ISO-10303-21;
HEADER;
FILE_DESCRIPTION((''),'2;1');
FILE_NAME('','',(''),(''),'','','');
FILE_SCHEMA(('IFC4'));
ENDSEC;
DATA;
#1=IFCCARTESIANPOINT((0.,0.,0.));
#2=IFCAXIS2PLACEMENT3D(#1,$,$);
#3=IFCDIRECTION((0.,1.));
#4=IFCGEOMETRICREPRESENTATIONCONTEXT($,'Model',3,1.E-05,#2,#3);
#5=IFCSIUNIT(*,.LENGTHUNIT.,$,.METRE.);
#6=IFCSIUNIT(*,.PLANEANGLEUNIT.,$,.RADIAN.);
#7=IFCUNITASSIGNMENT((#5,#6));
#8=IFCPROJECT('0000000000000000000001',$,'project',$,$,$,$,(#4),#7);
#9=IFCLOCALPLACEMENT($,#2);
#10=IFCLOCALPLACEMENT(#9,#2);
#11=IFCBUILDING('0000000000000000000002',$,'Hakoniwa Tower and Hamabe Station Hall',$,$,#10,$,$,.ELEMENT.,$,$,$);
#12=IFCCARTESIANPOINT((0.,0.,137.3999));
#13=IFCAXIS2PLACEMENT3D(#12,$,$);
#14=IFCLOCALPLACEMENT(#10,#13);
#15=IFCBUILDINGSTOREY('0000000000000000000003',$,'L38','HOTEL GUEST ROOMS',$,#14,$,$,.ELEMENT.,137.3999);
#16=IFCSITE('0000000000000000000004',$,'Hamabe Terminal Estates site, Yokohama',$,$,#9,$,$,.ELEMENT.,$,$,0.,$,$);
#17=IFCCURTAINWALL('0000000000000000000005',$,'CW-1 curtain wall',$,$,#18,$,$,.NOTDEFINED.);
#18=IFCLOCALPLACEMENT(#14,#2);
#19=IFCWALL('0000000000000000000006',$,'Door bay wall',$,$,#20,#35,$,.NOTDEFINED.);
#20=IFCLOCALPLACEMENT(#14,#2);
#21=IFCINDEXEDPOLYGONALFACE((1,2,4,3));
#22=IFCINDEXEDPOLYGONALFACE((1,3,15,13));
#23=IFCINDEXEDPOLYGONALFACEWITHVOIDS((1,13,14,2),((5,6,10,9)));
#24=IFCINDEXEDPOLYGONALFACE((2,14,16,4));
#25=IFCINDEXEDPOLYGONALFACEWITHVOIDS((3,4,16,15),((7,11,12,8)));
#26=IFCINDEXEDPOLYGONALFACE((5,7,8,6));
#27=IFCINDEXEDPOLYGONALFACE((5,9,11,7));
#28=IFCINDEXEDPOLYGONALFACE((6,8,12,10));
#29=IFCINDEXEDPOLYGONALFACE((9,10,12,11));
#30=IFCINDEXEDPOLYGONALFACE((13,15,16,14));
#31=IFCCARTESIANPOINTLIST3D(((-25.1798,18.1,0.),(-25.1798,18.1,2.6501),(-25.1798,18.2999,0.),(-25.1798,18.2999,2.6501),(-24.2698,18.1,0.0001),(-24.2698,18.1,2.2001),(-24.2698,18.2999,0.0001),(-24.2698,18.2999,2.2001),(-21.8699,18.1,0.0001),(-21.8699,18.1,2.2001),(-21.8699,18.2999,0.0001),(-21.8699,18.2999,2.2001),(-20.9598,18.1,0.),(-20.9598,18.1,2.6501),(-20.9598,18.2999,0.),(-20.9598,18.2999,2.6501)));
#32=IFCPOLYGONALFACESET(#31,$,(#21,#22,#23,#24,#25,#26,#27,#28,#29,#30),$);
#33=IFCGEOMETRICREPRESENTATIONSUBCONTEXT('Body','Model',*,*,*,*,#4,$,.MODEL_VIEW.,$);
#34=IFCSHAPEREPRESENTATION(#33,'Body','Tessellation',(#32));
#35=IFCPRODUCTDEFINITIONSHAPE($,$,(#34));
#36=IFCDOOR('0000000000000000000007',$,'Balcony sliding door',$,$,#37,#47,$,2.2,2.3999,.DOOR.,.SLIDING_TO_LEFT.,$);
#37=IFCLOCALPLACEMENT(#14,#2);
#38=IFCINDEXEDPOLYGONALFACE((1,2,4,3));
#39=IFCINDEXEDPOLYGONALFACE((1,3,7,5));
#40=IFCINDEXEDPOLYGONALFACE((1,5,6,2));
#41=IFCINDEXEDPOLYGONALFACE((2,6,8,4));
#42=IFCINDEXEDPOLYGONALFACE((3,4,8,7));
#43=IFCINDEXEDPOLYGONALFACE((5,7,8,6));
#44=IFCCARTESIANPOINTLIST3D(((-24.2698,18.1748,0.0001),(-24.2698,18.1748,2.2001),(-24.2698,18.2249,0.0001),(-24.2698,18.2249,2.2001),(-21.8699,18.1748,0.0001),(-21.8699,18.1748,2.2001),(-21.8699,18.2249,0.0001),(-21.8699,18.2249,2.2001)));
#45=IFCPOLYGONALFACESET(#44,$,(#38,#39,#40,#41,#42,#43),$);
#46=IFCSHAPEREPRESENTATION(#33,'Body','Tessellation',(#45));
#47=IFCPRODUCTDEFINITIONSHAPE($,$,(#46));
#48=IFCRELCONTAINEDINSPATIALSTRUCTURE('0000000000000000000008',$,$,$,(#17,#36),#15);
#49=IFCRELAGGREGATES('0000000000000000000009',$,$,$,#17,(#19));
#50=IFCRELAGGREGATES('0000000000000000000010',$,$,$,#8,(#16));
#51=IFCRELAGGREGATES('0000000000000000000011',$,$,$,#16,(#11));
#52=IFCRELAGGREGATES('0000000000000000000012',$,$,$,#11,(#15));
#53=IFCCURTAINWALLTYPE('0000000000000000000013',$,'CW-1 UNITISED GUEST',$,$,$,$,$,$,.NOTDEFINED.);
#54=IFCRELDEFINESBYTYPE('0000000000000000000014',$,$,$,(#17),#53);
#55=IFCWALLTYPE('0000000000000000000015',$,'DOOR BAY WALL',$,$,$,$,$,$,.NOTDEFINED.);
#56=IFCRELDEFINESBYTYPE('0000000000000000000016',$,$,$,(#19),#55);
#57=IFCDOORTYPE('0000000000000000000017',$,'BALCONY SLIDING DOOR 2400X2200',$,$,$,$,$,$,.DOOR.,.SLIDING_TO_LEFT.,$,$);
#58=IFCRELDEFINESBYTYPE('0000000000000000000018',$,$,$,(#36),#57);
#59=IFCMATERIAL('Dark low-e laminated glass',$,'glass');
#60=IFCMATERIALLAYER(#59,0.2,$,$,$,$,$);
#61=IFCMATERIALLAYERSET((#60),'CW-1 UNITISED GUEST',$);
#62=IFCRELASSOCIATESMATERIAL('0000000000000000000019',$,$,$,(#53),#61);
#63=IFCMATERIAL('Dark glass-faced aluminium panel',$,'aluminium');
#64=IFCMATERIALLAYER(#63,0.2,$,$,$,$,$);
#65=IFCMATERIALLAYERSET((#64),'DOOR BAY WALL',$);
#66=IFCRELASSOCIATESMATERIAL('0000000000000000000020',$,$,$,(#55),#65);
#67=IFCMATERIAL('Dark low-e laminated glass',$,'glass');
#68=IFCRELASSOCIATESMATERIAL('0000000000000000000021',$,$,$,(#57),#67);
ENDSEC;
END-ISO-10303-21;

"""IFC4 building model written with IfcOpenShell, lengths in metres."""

from ifc_helpers import new_model, si_unit, direction, frame, frame_2d, origin, place, context, subcontext, project, spatial, rectangle, extrude, material, layer, layer_set, type_object, element, fill, aggregate, save


model = new_model("IFC4")

# Units and contexts
model_context = context("Model", 3, precision=1e-05, world=origin(), true_north=direction((0.0, 1.0)))
body_context = subcontext(model_context, "Body", "Model", "MODEL_VIEW")
ifc_project = project(units=[si_unit("LENGTHUNIT", "METRE"), si_unit("PLANEANGLEUNIT", "RADIAN")], contexts=[model_context])

# Site, building, storey
site_placement = place(None, origin())
site = spatial("IfcSite", under=ifc_project, at=site_placement, Name="Hamabe Terminal Estates site, Yokohama", CompositionType="ELEMENT", RefElevation=0.0)
building_placement = place(site_placement, origin())
building = spatial("IfcBuilding", under=site, at=building_placement, Name="Hakoniwa Tower and Hamabe Station Hall", CompositionType="ELEMENT")
storey_placement = place(building_placement, frame((0.0, 0.0, 137.3999)))
storey = spatial("IfcBuildingStorey", under=building, at=storey_placement, Name="L38", Description="HOTEL GUEST ROOMS", CompositionType="ELEMENT", Elevation=137.3999)

# Curtain wall
ifc_material_1 = material(Name="Dark low-e laminated glass", Category="glass")
ifc_layer_1 = layer(ifc_material_1, 0.2)
ifc_layer_set_1 = layer_set([ifc_layer_1], Name="CW-1 UNITISED GUEST")
curtain_wall_type = type_object("IfcCurtainWallType", Name="CW-1 UNITISED GUEST", PredefinedType="NOTDEFINED", material=ifc_layer_set_1)
curtain_wall_placement = place(storey_placement, origin())
curtain_wall = element("IfcCurtainWall", 1, at=curtain_wall_placement, inside=storey, type_object=curtain_wall_type, Name="CW-1 curtain wall", PredefinedType="NOTDEFINED")

# Wall, opening, door
ifc_material_2 = material(Name="Dark glass-faced aluminium panel", Category="aluminium")
ifc_layer_2 = layer(ifc_material_2, 0.2)
ifc_layer_set_2 = layer_set([ifc_layer_2], Name="DOOR BAY WALL")
wall_type_1 = type_object("IfcWallType", Name="DOOR BAY WALL", PredefinedType="NOTDEFINED", material=ifc_layer_set_2)
ifc_material_3 = material(Name="Dark low-e laminated glass", Category="glass")
door_type_1 = type_object("IfcDoorType", Name="BALCONY SLIDING DOOR 2400X2200", OperationType="SLIDING_TO_LEFT", PredefinedType="DOOR", material=ifc_material_3)
wall_1_placement = place(storey_placement, frame((-20.96, 18.2, 0.0), z_axis=(0.0, 0.0, 1.0), x_axis=(-1.0, 0.0, 0.0)))
wall_1 = element("IfcWall", 2, at=wall_1_placement, type_object=wall_type_1, Name="Door bay wall", PredefinedType="NOTDEFINED", context=body_context, shape_type="SweptSolid", body=[
    extrude(rectangle(XDim=4.22, YDim=0.2, at=frame_2d((2.1099, 0.0))), origin(), (0.0, 0.0, 1.0), 2.6501),
])
opening_1_placement = place(wall_1_placement, frame((0.9099, 0.0, 0.0)))
opening_1 = element("IfcOpeningElement", 3, at=opening_1_placement, cuts=wall_1, PredefinedType="OPENING", context=body_context, shape_type="SweptSolid", body=[
    extrude(rectangle(XDim=2.3999, YDim=2.2, at=frame_2d((1.2, 1.1001))), frame((0.0, 0.1099, 0.0), z_axis=(0.0, -1.0, 0.0), x_axis=(1.0, 0.0, 0.0)), (0.0, 0.0, 1.0), 0.22),
])
door_1_placement = place(opening_1_placement, frame((2.3999, 0.0, 0.0), z_axis=(0.0, 0.0, 1.0), x_axis=(-1.0, 0.0, 0.0)))
door_1 = element("IfcDoor", 4, at=door_1_placement, inside=storey, type_object=door_type_1, Name="Balcony sliding door", OperationType="SLIDING_TO_LEFT", OverallHeight=2.2, OverallWidth=2.3999, PredefinedType="DOOR", context=body_context, shape_type="SweptSolid", body=[
    extrude(rectangle(XDim=2.3999, YDim=2.2, at=frame_2d((1.2, 1.1001))), frame((0.0, 0.0249, 0.0), z_axis=(0.0, -1.0, 0.0), x_axis=(1.0, 0.0, 0.0)), (0.0, 0.0, 1.0), 0.05),
])
fill(opening_1, door_1)
aggregate(curtain_wall, [wall_1])

save(model, "model.ifc")
